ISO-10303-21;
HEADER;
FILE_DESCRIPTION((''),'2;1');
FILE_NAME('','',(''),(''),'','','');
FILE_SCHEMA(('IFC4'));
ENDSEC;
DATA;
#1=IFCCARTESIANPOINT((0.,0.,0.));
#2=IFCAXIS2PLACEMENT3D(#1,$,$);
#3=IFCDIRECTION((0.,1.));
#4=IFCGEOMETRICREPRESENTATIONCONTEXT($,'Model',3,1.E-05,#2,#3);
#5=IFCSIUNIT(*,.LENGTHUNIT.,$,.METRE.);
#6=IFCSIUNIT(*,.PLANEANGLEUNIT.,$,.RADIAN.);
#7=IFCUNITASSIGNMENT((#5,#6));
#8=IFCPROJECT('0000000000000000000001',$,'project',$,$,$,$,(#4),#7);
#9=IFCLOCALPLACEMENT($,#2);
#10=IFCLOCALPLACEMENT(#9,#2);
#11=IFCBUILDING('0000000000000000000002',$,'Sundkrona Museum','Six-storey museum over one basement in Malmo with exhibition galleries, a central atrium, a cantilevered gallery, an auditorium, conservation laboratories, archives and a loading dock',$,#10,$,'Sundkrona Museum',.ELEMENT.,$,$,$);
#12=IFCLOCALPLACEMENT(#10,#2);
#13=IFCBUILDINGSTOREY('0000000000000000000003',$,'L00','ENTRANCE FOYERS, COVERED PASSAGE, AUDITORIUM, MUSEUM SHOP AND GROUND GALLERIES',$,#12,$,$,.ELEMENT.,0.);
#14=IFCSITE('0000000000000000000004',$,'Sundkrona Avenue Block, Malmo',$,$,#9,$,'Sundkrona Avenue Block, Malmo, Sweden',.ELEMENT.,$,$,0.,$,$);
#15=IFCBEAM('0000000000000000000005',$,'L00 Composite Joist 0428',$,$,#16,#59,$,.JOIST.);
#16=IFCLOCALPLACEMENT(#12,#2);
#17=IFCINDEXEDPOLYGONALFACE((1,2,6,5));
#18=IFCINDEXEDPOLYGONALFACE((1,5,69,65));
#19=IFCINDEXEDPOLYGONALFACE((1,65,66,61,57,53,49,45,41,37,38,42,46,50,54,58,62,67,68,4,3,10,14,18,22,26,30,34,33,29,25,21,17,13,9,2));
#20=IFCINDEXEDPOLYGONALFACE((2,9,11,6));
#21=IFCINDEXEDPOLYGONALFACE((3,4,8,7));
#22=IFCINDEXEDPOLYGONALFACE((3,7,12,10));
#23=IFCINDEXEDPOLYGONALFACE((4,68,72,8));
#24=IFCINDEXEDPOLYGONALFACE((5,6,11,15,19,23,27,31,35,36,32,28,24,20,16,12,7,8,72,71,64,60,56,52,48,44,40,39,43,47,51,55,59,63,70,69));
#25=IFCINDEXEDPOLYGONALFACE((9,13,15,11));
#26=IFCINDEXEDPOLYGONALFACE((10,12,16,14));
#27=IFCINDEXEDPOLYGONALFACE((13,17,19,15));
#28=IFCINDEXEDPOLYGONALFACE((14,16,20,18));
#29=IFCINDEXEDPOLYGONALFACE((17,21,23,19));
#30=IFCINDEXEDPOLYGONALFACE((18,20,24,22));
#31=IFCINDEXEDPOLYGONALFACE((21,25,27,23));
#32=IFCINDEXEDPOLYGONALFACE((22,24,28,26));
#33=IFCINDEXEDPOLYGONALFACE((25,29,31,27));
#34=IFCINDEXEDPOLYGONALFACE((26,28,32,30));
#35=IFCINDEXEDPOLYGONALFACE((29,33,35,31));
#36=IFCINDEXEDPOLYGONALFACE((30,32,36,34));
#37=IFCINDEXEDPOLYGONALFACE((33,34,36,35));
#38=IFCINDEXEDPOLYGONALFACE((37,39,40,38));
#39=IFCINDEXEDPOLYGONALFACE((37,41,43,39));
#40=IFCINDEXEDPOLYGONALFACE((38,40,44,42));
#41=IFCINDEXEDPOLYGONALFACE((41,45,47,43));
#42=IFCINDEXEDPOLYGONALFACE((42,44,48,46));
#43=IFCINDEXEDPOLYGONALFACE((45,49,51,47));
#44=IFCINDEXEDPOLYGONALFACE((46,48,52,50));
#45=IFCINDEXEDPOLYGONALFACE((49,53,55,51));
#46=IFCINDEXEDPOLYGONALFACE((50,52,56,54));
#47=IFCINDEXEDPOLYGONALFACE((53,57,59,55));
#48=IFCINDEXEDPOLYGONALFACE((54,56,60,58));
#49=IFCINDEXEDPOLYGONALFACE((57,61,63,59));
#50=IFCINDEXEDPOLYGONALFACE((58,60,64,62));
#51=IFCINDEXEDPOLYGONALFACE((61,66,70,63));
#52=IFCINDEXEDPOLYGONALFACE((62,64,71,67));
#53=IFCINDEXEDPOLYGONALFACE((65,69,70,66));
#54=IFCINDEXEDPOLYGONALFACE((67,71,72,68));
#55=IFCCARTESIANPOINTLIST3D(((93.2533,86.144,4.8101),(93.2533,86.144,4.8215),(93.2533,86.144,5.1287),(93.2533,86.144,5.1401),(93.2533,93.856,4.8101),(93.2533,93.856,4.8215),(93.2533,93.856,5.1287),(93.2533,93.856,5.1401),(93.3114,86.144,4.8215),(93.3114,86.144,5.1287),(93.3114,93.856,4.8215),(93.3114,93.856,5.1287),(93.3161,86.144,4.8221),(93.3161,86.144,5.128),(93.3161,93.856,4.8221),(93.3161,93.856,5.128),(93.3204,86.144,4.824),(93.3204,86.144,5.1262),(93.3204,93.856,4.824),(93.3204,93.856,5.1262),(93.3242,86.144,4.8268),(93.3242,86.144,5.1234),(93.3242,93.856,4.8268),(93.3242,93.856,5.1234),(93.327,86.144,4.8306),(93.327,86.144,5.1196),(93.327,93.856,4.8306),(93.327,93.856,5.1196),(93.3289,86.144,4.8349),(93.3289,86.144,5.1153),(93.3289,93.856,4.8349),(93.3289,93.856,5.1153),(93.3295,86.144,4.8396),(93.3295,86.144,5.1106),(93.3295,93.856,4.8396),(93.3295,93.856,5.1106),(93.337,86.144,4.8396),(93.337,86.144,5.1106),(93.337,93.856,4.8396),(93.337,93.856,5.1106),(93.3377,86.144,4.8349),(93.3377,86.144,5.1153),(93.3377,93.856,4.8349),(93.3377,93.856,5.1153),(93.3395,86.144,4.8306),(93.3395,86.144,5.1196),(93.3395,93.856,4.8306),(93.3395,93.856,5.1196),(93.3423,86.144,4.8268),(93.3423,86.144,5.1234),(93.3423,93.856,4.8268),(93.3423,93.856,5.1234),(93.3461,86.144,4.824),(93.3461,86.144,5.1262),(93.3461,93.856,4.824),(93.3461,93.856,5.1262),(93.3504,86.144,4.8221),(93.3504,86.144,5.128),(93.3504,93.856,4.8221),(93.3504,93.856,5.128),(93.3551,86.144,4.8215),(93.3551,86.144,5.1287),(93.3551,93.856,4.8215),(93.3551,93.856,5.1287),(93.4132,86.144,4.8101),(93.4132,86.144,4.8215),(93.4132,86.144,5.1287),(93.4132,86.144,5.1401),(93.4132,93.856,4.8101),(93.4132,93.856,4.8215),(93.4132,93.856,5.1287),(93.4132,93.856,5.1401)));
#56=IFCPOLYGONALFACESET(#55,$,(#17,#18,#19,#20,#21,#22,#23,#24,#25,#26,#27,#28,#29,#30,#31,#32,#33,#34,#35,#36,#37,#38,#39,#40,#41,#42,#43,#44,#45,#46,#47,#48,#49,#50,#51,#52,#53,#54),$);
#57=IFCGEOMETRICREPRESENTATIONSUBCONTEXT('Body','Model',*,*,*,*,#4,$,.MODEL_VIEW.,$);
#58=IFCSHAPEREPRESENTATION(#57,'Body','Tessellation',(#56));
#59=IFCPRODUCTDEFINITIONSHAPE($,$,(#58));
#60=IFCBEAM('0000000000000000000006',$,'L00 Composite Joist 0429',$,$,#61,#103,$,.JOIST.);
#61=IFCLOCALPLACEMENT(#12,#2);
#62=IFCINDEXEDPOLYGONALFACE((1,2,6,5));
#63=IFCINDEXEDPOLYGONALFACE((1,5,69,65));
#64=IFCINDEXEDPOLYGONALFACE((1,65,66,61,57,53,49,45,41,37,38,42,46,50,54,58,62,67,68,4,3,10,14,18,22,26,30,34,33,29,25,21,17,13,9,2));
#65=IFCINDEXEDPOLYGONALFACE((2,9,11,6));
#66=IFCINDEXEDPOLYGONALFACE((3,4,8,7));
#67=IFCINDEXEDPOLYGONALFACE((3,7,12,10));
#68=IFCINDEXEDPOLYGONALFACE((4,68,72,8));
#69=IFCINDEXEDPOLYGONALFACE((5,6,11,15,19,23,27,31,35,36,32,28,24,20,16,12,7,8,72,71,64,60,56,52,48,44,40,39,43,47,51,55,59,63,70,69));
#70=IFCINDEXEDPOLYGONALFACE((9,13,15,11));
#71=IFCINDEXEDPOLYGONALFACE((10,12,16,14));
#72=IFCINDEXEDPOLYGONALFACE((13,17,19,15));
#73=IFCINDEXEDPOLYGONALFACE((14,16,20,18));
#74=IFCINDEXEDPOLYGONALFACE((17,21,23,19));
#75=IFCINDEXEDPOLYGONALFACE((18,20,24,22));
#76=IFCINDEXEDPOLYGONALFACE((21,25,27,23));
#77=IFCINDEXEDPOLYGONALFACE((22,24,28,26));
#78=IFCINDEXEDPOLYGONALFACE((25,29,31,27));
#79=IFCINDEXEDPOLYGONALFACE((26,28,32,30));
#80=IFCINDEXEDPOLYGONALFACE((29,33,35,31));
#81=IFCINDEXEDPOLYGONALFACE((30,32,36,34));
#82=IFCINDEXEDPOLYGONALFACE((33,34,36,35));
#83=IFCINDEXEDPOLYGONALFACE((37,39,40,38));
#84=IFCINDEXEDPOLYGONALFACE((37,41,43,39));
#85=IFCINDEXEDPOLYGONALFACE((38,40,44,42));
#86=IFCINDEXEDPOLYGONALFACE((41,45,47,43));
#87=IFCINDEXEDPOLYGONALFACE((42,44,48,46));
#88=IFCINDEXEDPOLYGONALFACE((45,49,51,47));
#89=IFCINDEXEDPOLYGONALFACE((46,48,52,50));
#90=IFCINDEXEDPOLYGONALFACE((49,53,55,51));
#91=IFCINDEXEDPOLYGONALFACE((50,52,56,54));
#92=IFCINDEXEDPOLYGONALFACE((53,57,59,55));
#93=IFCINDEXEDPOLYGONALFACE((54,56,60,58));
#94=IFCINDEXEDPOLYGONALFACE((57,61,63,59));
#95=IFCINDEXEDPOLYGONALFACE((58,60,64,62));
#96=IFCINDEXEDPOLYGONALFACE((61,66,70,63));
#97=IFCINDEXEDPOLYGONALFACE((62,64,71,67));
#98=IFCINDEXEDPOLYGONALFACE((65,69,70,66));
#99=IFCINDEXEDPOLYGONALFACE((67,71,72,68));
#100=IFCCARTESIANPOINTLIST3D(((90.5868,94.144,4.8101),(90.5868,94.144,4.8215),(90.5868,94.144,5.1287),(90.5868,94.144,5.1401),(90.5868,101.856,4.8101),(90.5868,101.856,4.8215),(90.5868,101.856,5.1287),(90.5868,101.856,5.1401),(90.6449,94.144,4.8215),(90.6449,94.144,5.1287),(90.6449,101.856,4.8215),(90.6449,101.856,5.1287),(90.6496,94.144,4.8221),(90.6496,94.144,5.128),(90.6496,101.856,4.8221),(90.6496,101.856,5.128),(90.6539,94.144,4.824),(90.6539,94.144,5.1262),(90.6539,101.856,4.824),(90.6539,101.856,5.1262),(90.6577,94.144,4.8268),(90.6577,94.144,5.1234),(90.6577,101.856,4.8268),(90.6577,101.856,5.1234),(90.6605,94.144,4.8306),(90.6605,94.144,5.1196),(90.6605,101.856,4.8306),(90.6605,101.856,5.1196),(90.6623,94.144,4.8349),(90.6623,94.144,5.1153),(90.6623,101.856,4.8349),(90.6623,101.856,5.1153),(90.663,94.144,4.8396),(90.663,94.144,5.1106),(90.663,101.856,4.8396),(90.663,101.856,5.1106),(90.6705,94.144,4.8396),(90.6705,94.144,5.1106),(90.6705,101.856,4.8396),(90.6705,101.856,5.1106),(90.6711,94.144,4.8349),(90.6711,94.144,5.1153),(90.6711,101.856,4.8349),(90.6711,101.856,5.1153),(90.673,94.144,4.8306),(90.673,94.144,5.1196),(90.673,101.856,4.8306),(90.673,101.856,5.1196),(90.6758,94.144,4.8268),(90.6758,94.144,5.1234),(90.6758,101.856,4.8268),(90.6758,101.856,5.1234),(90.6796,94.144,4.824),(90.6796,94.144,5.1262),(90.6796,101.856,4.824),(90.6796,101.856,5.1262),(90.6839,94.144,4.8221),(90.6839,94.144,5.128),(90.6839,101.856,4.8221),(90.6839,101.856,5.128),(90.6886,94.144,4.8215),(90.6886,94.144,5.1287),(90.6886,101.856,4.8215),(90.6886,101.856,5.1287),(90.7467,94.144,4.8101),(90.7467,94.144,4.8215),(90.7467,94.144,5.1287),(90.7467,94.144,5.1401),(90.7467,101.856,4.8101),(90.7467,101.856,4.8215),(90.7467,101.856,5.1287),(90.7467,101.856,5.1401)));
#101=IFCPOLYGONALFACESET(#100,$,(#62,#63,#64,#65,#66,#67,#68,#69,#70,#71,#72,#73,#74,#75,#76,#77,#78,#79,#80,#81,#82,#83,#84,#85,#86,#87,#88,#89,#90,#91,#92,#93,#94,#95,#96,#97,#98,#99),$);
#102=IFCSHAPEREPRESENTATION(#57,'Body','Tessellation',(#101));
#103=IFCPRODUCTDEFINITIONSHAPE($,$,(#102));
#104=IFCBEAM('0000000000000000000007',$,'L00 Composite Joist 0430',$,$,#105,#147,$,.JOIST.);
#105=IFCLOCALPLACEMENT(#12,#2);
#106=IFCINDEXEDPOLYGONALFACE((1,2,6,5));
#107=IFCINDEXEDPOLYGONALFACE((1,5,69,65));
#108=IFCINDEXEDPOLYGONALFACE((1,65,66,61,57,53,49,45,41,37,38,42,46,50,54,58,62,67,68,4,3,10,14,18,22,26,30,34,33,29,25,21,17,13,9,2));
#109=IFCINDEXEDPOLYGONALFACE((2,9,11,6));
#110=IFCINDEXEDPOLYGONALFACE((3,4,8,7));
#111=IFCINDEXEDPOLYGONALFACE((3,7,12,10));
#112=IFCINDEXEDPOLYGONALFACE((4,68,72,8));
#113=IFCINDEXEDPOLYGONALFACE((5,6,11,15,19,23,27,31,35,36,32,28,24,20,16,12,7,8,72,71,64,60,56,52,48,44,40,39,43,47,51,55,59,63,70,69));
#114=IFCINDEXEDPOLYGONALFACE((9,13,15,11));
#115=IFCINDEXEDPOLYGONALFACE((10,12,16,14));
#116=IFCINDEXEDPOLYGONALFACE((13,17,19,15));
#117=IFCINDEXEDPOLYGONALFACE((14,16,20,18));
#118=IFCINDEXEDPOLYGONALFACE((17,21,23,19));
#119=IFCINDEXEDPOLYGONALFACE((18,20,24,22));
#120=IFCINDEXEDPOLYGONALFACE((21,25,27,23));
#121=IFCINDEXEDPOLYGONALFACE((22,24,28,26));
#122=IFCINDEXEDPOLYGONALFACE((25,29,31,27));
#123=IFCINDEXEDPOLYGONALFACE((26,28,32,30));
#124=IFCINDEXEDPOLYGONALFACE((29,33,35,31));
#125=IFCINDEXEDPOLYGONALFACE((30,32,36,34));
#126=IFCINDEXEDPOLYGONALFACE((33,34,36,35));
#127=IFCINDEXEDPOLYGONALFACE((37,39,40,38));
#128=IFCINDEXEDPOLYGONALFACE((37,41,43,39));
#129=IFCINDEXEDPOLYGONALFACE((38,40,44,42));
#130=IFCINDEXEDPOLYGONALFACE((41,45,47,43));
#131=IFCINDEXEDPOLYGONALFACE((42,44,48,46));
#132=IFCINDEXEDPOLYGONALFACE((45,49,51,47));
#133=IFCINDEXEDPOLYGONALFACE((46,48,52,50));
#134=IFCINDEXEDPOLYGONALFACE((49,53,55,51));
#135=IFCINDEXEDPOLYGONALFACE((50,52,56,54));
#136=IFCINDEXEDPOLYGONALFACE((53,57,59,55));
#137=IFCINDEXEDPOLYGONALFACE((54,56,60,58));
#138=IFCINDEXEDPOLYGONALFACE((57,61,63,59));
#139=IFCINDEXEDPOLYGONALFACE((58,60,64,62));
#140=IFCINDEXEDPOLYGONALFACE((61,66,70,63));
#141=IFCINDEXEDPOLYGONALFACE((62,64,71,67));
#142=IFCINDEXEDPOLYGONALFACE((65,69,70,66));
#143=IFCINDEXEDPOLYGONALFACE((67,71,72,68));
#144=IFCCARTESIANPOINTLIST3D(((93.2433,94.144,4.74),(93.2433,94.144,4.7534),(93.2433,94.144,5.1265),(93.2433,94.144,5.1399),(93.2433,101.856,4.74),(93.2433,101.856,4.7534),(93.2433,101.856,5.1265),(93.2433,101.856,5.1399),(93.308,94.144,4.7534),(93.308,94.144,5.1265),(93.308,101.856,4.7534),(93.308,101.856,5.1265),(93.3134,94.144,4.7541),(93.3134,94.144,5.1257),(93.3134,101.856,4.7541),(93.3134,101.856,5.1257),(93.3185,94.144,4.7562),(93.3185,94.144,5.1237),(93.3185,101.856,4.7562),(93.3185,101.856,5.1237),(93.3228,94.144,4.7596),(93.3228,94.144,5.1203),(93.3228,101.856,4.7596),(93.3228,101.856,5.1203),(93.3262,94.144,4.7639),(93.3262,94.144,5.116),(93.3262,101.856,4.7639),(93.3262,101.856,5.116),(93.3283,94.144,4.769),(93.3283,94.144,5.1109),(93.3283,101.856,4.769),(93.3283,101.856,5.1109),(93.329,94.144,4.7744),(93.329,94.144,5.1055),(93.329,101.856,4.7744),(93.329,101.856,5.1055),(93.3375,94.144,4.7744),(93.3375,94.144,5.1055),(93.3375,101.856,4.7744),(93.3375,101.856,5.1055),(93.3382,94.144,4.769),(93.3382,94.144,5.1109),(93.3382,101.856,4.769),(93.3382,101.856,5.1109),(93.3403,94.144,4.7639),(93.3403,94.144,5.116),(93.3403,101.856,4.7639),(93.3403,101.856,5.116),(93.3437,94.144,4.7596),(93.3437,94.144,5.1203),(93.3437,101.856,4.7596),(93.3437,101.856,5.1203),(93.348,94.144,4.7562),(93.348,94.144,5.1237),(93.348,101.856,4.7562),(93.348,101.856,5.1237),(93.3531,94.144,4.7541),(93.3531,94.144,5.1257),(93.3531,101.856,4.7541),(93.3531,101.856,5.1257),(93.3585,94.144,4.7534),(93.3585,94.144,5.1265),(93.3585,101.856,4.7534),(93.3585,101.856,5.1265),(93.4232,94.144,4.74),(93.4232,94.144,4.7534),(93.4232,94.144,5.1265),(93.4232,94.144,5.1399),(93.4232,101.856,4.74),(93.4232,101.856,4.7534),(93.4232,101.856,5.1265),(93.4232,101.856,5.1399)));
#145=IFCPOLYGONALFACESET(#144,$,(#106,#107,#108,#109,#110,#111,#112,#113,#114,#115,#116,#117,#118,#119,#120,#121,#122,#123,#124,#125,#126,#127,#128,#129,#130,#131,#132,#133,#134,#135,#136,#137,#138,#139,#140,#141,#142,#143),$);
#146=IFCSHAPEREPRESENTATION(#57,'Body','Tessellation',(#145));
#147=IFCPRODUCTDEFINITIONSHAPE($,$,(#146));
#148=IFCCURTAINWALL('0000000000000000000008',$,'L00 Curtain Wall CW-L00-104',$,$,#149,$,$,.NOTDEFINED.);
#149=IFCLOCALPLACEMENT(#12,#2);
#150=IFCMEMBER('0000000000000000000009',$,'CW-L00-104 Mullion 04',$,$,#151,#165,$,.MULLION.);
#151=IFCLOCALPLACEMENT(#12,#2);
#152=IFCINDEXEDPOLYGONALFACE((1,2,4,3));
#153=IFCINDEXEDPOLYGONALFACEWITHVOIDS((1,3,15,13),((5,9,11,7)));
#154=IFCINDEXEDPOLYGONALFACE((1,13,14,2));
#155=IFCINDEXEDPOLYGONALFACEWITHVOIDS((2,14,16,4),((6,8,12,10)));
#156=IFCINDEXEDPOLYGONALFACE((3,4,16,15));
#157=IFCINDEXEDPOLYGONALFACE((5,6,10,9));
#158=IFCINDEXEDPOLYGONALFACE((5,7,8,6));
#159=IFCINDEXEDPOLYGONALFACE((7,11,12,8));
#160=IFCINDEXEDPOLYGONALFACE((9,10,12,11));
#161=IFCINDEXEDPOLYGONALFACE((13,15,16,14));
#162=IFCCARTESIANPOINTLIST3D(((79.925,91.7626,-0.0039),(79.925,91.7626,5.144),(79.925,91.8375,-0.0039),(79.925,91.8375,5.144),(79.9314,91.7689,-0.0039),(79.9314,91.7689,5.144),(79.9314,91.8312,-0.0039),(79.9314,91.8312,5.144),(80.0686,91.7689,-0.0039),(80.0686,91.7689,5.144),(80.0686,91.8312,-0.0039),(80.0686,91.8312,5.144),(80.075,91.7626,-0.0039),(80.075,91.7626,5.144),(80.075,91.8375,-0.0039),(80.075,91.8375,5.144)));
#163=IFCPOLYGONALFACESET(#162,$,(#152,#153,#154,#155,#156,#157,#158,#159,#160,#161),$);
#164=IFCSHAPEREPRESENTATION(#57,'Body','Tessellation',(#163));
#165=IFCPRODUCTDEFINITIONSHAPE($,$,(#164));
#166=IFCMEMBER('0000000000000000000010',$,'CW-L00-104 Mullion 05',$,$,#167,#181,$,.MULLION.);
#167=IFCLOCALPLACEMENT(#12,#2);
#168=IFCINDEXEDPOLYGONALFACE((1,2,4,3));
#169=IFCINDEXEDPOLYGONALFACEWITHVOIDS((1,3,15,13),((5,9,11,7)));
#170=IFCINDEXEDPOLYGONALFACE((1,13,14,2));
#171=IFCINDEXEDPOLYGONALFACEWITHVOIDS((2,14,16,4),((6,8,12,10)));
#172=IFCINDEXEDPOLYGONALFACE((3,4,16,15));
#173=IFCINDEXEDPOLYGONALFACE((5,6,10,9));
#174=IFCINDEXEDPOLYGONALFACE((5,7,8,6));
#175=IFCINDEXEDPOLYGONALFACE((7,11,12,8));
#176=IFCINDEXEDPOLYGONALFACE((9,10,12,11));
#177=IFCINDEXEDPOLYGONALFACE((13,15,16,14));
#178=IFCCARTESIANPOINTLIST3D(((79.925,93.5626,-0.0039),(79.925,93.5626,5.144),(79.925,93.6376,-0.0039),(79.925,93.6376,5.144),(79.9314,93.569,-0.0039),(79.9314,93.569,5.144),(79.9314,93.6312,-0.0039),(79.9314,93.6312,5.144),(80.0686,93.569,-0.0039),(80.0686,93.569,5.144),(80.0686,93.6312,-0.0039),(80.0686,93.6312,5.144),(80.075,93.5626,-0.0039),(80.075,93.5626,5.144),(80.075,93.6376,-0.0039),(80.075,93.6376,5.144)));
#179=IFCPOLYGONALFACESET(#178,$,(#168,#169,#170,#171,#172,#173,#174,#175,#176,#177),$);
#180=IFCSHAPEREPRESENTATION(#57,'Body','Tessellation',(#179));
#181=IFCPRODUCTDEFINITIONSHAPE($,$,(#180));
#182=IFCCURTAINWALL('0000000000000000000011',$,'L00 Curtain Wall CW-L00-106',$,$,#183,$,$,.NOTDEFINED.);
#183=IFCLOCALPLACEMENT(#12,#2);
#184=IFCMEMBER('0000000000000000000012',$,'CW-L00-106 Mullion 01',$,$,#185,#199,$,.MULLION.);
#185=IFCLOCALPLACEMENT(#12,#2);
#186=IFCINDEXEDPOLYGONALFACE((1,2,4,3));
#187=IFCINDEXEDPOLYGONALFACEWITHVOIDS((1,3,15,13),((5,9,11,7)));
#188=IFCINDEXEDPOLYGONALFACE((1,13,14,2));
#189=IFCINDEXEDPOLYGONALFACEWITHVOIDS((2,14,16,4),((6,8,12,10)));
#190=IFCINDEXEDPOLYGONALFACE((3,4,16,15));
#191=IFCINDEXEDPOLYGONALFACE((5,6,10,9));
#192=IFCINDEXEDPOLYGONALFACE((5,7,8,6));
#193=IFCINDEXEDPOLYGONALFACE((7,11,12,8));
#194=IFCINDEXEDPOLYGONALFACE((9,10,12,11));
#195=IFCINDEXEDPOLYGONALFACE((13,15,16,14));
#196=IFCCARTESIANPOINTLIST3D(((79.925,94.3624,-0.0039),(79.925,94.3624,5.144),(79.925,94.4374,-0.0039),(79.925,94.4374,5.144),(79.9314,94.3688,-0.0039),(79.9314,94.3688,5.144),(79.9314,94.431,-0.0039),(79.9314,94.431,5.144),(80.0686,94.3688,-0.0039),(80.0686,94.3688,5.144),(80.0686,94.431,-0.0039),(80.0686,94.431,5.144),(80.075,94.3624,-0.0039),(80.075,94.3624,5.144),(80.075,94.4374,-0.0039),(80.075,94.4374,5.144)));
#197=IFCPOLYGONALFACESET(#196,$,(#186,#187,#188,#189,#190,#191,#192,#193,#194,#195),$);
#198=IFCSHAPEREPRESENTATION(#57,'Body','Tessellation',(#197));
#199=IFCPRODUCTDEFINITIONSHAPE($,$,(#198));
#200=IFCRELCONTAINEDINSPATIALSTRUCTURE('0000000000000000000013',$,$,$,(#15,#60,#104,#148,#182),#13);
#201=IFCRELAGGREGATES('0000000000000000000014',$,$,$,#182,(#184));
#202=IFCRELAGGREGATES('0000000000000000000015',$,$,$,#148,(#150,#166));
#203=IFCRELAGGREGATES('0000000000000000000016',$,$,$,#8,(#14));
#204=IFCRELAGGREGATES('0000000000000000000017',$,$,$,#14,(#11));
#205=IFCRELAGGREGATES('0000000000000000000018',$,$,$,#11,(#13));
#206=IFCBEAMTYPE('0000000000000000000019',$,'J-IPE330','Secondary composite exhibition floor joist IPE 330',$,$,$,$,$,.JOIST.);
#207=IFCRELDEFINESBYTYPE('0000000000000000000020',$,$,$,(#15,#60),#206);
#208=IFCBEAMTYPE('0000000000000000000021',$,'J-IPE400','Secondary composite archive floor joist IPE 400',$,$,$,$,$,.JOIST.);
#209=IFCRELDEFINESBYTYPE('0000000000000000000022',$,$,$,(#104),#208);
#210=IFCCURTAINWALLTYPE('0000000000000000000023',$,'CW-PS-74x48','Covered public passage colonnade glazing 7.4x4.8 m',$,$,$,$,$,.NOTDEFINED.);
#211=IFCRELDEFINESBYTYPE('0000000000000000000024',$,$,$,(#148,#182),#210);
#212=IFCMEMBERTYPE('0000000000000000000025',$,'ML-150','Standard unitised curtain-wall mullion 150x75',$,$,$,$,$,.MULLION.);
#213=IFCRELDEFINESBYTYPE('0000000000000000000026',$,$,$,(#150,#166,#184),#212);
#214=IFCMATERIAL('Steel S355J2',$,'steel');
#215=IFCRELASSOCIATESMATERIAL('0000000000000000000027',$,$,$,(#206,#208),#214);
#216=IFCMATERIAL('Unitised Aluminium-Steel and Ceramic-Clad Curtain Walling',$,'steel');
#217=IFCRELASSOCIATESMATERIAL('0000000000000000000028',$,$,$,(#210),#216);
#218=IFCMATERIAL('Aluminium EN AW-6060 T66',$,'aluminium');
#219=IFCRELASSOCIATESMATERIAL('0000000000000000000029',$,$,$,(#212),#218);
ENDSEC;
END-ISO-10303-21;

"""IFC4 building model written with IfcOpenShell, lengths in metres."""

from ifc_helpers import new_model, si_unit, direction, frame, origin, origin_2d, place, context, subcontext, project, spatial, hollow_rectangle, i_section, extrude, material, material_profile, profile_set, type_object, element, aggregate, save


model = new_model("IFC4")

# Units and contexts
model_context = context("Model", 3, precision=1e-05, world=origin(), true_north=direction((0.0, 1.0)))
body_context = subcontext(model_context, "Body", "Model", "MODEL_VIEW")
ifc_project = project(units=[si_unit("LENGTHUNIT", "METRE"), si_unit("PLANEANGLEUNIT", "RADIAN")], contexts=[model_context])

# Site, building, storey
site_placement = place(None, origin())
site = spatial("IfcSite", under=ifc_project, at=site_placement, Name="Sundkrona Avenue Block, Malmo", LongName="Sundkrona Avenue Block, Malmo, Sweden", CompositionType="ELEMENT", RefElevation=0.0)
building_placement = place(site_placement, origin())
building = spatial("IfcBuilding", under=site, at=building_placement, Name="Sundkrona Museum", Description="Six-storey museum over one basement in Malmo with exhibition galleries, a central atrium, a cantilevered gallery, an auditorium, conservation laboratories, archives and a loading dock", LongName="Sundkrona Museum", CompositionType="ELEMENT")
storey_placement = place(building_placement, origin())
storey = spatial("IfcBuildingStorey", under=building, at=storey_placement, Name="L00", Description="ENTRANCE FOYERS, COVERED PASSAGE, AUDITORIUM, MUSEUM SHOP AND GROUND GALLERIES", CompositionType="ELEMENT", Elevation=0.0)

# Shared definitions
ifc_material_1 = material(Name="Steel S355J2", Category="steel")

# Beams
ifc_material_profile_1 = material_profile(ifc_material_1, i_section(OverallWidth=0.1599, OverallDepth=0.3301, WebThickness=0.0076, FlangeThickness=0.0115, FilletRadius=0.0181, at=origin_2d()), Name="IPE 330")
ifc_profile_set_1 = profile_set([ifc_material_profile_1], Name="Steel S355J2")
beam_type_1 = type_object("IfcBeamType", Name="J-IPE330", Description="Secondary composite exhibition floor joist IPE 330", PredefinedType="JOIST", material=ifc_profile_set_1)
for number, where, z_axis, x_axis, name in (
    (1, (93.3333, 86.144, 4.9751), (0.0, 1.0, 0.0), (-1.0, 0.0, 0.0), "L00 Composite Joist 0428"),
    (2, (90.6667, 94.144, 4.9751), (0.0, 1.0, 0.0), (-1.0, 0.0, 0.0), "L00 Composite Joist 0429"),
):
    element("IfcBeam", number, at=place(storey_placement, frame(where, z_axis=z_axis, x_axis=x_axis)), inside=storey, type_object=beam_type_1, Name=name, PredefinedType="JOIST", context=body_context, shape_type="SweptSolid", body=[
        extrude(i_section(OverallWidth=0.1599, OverallDepth=0.3301, WebThickness=0.0076, FlangeThickness=0.0115, FilletRadius=0.0181, at=origin_2d()), origin(), (0.0, 0.0, 1.0), 7.7119),
    ])
ifc_material_profile_2 = material_profile(ifc_material_1, i_section(OverallWidth=0.1799, OverallDepth=0.3999, WebThickness=0.0085, FlangeThickness=0.0134, FilletRadius=0.021, at=origin_2d()), Name="IPE 400")
ifc_profile_set_2 = profile_set([ifc_material_profile_2], Name="Steel S355J2")
beam_type_2 = type_object("IfcBeamType", Name="J-IPE400", Description="Secondary composite archive floor joist IPE 400", PredefinedType="JOIST", material=ifc_profile_set_2)
beam_1_placement = place(storey_placement, frame((93.3333, 94.144, 4.9399), z_axis=(0.0, 1.0, 0.0), x_axis=(-1.0, 0.0, 0.0)))
element("IfcBeam", 3, at=beam_1_placement, inside=storey, type_object=beam_type_2, Name="L00 Composite Joist 0430", PredefinedType="JOIST", context=body_context, shape_type="SweptSolid", body=[
    extrude(i_section(OverallWidth=0.1799, OverallDepth=0.3999, WebThickness=0.0085, FlangeThickness=0.0134, FilletRadius=0.021, at=origin_2d()), origin(), (0.0, 0.0, 1.0), 7.7119),
])

# Curtain wall, members
ifc_material_2 = material(Name="Unitised Aluminium-Steel and Ceramic-Clad Curtain Walling", Category="steel")
curtain_wall_type = type_object("IfcCurtainWallType", Name="CW-PS-74x48", Description="Covered public passage colonnade glazing 7.4x4.8 m", PredefinedType="NOTDEFINED", material=ifc_material_2)
curtain_wall_1_placement = place(storey_placement, origin())
curtain_wall_1 = element("IfcCurtainWall", 4, at=curtain_wall_1_placement, inside=storey, type_object=curtain_wall_type, Name="L00 Curtain Wall CW-L00-104", PredefinedType="NOTDEFINED")
ifc_material_3 = material(Name="Aluminium EN AW-6060 T66", Category="aluminium")
ifc_material_profile_3 = material_profile(ifc_material_3, hollow_rectangle(XDim=0.075, YDim=0.1499, WallThickness=0.0063, at=origin_2d()), Name="RHS 150x75x6.3")
ifc_profile_set_3 = profile_set([ifc_material_profile_3], Name="Aluminium EN AW-6060 T66")
member_type_1 = type_object("IfcMemberType", Name="ML-150", Description="Standard unitised curtain-wall mullion 150x75", PredefinedType="MULLION", material=ifc_profile_set_3)
member_1_placement = place(storey_placement, frame((80.0, 91.8, -0.0039), z_axis=(0.0, 0.0, 1.0), x_axis=(0.0, 1.0, 0.0)))
member_1 = element("IfcMember", 5, at=member_1_placement, type_object=member_type_1, Name="CW-L00-104 Mullion 04", PredefinedType="MULLION", context=body_context, shape_type="SweptSolid", body=[
    extrude(hollow_rectangle(XDim=0.075, YDim=0.1499, WallThickness=0.0063, at=origin_2d()), origin(), (0.0, 0.0, 1.0), 5.1479),
])
member_2_placement = place(storey_placement, frame((80.0, 93.6001, -0.0039), z_axis=(0.0, 0.0, 1.0), x_axis=(0.0, 1.0, 0.0)))
member_2 = element("IfcMember", 6, at=member_2_placement, type_object=member_type_1, Name="CW-L00-104 Mullion 05", PredefinedType="MULLION", context=body_context, shape_type="SweptSolid", body=[
    extrude(hollow_rectangle(XDim=0.075, YDim=0.1499, WallThickness=0.0063, at=origin_2d()), origin(), (0.0, 0.0, 1.0), 5.1479),
])

# Curtain wall, member
curtain_wall_2_placement = place(storey_placement, origin())
curtain_wall_2 = element("IfcCurtainWall", 7, at=curtain_wall_2_placement, inside=storey, type_object=curtain_wall_type, Name="L00 Curtain Wall CW-L00-106", PredefinedType="NOTDEFINED")
member_3_placement = place(storey_placement, frame((80.0, 94.3999, -0.0039), z_axis=(0.0, 0.0, 1.0), x_axis=(0.0, 1.0, 0.0)))
member_3 = element("IfcMember", 8, at=member_3_placement, type_object=member_type_1, Name="CW-L00-106 Mullion 01", PredefinedType="MULLION", context=body_context, shape_type="SweptSolid", body=[
    extrude(hollow_rectangle(XDim=0.075, YDim=0.1499, WallThickness=0.0063, at=origin_2d()), origin(), (0.0, 0.0, 1.0), 5.1479),
])
aggregate(curtain_wall_2, [member_3])

aggregate(curtain_wall_1, [member_1, member_2])

save(model, "model.ifc")
